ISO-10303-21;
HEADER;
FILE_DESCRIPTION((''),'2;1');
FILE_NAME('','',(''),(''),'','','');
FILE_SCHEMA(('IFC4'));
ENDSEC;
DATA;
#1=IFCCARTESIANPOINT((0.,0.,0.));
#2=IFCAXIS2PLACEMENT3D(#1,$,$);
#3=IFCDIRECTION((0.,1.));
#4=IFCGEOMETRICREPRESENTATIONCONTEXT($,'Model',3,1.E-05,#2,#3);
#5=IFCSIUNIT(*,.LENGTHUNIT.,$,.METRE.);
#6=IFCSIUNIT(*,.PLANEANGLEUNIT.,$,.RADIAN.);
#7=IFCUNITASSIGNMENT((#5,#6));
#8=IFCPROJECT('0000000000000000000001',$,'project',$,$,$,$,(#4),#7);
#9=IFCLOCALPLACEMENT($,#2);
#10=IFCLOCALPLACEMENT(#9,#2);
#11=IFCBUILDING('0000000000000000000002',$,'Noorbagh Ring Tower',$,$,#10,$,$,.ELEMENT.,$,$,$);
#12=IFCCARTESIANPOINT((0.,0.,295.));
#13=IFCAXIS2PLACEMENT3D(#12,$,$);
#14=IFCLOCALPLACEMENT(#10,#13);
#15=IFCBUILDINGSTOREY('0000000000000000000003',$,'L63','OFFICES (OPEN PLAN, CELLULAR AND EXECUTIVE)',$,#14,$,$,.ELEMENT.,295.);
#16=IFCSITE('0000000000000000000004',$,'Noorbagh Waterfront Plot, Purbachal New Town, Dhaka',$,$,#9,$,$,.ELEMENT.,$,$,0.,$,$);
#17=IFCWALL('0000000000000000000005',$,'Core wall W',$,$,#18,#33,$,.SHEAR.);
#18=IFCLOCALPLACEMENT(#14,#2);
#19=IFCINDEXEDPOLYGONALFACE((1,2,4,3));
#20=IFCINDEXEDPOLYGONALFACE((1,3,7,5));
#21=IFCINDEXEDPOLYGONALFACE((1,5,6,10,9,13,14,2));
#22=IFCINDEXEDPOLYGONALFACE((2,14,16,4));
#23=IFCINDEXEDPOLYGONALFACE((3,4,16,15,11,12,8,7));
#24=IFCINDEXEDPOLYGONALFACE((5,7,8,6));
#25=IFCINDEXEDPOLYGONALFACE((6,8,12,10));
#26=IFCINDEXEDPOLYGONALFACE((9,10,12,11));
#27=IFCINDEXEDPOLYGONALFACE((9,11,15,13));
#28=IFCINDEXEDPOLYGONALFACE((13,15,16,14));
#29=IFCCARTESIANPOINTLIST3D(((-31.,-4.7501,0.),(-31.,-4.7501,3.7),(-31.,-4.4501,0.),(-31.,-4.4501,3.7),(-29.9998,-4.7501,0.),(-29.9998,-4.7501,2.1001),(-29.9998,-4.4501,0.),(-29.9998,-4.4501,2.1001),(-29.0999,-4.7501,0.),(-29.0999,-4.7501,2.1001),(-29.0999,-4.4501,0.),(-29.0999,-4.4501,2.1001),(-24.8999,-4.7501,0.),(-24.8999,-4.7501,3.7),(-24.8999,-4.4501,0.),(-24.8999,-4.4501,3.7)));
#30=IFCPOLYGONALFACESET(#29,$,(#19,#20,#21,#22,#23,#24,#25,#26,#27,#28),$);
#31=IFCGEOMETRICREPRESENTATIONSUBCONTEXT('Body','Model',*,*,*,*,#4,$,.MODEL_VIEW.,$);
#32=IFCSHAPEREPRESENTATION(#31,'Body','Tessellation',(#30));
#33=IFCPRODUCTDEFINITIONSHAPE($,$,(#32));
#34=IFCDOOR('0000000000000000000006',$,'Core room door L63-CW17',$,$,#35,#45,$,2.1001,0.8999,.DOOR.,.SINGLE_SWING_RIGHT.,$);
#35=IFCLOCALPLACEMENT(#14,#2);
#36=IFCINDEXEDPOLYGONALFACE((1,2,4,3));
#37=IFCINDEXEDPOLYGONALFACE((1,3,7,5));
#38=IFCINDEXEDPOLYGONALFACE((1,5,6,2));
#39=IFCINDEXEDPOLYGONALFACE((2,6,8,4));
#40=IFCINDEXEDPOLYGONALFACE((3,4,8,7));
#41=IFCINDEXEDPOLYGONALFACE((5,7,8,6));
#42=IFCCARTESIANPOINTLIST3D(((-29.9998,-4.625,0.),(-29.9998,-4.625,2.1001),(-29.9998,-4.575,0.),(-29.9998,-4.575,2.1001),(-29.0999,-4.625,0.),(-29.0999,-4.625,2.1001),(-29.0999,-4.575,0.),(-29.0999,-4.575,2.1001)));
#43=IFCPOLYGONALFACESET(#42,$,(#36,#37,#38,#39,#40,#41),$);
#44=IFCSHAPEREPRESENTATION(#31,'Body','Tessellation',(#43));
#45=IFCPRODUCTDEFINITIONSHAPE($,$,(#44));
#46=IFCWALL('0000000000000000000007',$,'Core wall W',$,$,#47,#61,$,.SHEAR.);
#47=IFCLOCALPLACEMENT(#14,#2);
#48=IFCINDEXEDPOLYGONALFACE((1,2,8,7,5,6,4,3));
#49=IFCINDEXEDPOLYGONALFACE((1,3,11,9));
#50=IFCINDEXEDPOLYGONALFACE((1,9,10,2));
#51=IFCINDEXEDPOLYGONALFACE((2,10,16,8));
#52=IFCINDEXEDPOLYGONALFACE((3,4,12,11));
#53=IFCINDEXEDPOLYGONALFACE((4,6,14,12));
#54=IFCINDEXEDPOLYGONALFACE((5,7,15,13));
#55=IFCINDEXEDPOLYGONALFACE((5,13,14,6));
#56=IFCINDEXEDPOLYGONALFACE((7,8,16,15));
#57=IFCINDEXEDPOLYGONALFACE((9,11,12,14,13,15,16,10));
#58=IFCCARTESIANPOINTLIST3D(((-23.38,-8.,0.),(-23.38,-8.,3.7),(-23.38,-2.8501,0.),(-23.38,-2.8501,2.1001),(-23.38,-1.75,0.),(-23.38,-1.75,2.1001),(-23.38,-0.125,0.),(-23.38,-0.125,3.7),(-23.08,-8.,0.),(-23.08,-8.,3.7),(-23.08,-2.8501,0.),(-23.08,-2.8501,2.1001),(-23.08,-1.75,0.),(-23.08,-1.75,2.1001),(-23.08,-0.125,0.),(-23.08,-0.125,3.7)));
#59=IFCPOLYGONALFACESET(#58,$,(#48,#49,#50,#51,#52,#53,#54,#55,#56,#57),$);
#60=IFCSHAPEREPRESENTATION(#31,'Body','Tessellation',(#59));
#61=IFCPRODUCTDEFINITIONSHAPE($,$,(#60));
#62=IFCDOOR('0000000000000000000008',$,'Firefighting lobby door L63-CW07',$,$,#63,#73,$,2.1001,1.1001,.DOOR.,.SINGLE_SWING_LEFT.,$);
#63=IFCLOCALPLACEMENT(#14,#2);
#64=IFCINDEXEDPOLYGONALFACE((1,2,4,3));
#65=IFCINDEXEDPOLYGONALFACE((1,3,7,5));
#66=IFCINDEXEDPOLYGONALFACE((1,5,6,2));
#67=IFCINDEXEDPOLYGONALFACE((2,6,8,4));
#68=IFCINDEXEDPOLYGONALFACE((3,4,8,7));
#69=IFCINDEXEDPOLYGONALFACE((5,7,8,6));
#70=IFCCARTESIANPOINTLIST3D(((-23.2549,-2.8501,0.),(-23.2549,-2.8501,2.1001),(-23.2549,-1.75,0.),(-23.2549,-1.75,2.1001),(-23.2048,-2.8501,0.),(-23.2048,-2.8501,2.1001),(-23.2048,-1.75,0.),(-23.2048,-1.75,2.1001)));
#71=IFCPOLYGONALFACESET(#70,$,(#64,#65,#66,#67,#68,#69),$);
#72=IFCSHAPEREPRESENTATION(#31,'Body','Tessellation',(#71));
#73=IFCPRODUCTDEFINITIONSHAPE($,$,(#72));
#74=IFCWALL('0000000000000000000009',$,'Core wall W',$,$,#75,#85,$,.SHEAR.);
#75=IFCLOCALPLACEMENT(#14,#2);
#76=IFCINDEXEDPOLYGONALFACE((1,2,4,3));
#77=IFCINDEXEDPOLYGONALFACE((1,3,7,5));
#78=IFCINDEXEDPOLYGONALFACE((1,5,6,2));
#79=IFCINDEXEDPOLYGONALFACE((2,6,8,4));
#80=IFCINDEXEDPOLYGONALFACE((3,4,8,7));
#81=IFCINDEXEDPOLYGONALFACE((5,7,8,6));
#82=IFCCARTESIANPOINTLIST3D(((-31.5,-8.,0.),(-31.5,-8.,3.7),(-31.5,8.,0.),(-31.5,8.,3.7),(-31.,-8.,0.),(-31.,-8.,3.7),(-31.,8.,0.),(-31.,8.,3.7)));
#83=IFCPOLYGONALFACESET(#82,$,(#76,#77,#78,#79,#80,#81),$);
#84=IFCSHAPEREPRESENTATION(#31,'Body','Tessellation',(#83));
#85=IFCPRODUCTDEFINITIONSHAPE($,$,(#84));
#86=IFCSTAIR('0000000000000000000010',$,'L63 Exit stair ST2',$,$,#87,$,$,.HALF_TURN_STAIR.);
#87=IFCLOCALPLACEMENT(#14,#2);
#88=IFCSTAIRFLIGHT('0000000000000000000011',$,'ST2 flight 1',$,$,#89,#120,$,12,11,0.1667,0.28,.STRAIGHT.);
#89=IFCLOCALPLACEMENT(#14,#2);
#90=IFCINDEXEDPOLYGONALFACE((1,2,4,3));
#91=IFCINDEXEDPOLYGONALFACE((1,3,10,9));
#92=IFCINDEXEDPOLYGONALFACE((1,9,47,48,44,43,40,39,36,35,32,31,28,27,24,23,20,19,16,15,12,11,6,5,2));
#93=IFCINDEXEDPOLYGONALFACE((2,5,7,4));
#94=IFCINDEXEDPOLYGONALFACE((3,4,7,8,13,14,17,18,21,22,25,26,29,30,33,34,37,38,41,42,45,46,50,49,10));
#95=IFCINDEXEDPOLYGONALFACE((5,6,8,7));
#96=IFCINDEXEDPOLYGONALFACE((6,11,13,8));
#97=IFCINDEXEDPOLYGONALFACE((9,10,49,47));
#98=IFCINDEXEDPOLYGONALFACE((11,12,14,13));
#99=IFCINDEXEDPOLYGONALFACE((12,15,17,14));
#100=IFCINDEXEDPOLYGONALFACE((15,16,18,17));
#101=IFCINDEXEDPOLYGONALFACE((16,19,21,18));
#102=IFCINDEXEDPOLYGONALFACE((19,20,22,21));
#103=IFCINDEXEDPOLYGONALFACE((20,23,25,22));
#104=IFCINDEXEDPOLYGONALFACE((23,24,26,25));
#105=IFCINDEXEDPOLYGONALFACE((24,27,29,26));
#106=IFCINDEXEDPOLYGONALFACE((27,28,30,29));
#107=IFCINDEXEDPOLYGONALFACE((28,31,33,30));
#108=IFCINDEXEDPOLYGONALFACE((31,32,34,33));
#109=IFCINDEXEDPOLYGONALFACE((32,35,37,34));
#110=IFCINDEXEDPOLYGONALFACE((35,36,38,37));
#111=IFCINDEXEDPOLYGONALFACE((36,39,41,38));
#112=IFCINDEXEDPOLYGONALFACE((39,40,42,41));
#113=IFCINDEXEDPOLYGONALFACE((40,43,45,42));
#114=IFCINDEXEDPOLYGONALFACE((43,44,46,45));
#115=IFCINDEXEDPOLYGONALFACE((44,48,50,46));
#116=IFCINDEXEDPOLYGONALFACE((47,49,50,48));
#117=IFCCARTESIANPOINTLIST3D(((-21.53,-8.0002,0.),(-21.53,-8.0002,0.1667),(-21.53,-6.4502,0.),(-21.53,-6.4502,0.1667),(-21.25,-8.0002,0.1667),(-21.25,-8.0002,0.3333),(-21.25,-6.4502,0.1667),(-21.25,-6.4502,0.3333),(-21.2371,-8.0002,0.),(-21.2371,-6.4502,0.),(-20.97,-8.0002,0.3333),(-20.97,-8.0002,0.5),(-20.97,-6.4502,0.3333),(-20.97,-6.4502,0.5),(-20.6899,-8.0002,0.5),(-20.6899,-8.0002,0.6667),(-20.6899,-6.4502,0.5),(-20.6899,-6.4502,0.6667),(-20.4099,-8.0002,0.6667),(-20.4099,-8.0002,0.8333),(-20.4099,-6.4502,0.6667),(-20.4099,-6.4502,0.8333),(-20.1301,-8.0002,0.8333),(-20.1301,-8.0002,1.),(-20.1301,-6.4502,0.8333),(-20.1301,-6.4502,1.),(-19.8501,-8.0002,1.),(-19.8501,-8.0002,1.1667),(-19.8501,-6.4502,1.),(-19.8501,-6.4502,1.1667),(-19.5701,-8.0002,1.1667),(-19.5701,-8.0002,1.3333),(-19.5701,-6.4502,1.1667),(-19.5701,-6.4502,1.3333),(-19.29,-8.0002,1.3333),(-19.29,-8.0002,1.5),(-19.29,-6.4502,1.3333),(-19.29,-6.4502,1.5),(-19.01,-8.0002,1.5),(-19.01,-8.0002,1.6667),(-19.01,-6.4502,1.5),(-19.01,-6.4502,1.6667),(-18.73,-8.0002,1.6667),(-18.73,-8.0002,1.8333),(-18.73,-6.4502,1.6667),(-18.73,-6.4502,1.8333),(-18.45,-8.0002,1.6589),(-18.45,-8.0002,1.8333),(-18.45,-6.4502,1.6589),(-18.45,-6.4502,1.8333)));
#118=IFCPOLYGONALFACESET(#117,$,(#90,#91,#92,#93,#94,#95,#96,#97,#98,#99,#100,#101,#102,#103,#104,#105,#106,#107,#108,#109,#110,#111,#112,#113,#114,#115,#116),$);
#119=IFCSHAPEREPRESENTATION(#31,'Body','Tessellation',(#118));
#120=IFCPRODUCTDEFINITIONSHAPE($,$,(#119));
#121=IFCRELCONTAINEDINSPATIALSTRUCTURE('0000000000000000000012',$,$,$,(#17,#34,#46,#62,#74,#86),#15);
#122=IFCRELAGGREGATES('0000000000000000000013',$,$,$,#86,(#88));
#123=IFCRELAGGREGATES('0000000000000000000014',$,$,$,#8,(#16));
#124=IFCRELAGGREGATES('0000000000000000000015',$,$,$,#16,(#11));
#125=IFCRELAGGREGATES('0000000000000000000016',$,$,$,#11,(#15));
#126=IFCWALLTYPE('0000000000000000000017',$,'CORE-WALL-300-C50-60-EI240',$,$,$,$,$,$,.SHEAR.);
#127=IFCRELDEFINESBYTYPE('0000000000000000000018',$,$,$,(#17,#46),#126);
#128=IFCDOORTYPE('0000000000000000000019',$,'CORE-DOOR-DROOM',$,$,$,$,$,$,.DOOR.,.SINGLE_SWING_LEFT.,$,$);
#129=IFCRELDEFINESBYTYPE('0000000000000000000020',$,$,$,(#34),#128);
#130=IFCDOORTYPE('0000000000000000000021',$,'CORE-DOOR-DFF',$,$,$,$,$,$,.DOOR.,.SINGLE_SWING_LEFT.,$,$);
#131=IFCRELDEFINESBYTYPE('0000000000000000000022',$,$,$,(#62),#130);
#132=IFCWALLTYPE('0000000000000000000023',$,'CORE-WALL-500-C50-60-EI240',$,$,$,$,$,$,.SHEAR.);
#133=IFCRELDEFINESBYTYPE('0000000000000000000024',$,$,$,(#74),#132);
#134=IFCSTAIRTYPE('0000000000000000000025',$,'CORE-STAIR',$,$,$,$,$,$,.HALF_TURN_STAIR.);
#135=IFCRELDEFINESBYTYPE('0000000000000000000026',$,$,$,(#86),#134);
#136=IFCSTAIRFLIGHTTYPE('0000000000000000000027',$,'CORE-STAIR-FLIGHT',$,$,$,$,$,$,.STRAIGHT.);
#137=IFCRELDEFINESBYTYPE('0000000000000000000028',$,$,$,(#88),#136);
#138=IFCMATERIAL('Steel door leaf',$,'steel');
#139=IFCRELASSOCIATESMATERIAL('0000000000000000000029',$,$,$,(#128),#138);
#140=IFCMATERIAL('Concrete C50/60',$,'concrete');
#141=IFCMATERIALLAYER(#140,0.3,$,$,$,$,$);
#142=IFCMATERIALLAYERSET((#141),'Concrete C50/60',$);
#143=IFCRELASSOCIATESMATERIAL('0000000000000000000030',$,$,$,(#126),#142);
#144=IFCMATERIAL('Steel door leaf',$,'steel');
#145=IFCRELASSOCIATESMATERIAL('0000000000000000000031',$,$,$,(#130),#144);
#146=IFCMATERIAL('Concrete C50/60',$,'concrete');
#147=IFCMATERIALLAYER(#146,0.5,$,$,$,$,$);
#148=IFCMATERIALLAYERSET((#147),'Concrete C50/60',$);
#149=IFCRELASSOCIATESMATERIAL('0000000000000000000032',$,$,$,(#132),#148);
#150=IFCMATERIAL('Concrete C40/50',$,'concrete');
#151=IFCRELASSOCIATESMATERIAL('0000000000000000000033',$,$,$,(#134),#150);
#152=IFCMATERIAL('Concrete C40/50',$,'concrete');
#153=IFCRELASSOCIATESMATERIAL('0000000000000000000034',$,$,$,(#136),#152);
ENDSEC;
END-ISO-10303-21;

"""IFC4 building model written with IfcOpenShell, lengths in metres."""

from ifc_helpers import new_model, si_unit, direction, frame, frame_2d, origin, place, context, subcontext, project, spatial, polyline, rectangle, outline, extrude, material, layer, layer_set, type_object, element, fill, aggregate, save


model = new_model("IFC4")

# Units and contexts
model_context = context("Model", 3, precision=1e-05, world=origin(), true_north=direction((0.0, 1.0)))
body_context = subcontext(model_context, "Body", "Model", "MODEL_VIEW")
ifc_project = project(units=[si_unit("LENGTHUNIT", "METRE"), si_unit("PLANEANGLEUNIT", "RADIAN")], contexts=[model_context])

# Site, building, storey
site_placement = place(None, origin())
site = spatial("IfcSite", under=ifc_project, at=site_placement, Name="Noorbagh Waterfront Plot, Purbachal New Town, Dhaka", CompositionType="ELEMENT", RefElevation=0.0)
building_placement = place(site_placement, origin())
building = spatial("IfcBuilding", under=site, at=building_placement, Name="Noorbagh Ring Tower", CompositionType="ELEMENT")
storey_placement = place(building_placement, frame((0.0, 0.0, 295.0)))
storey = spatial("IfcBuildingStorey", under=building, at=storey_placement, Name="L63", Description="OFFICES (OPEN PLAN, CELLULAR AND EXECUTIVE)", CompositionType="ELEMENT", Elevation=295.0)

# Shared definitions
ifc_material_1 = material(Name="Steel door leaf", Category="steel")
door_type_1 = type_object("IfcDoorType", Name="CORE-DOOR-DROOM", OperationType="SINGLE_SWING_LEFT", PredefinedType="DOOR", material=ifc_material_1)

# Walls, openings, doors
ifc_material_2 = material(Name="Concrete C50/60", Category="concrete")
ifc_layer_1 = layer(ifc_material_2, 0.3)
ifc_layer_set_1 = layer_set([ifc_layer_1], Name="Concrete C50/60")
wall_type_1 = type_object("IfcWallType", Name="CORE-WALL-300-C50-60-EI240", PredefinedType="SHEAR", material=ifc_layer_set_1)
wall_1_placement = place(storey_placement, frame((-24.8999, -4.6001, 0.0), z_axis=(0.0, 0.0, 1.0), x_axis=(-1.0, 0.0, 0.0)))
wall_1 = element("IfcWall", 1, at=wall_1_placement, inside=storey, type_object=wall_type_1, Name="Core wall W", PredefinedType="SHEAR", context=body_context, shape_type="SweptSolid", body=[
    extrude(rectangle(XDim=6.1001, YDim=0.3, at=frame_2d((3.05, 0.0))), origin(), (0.0, 0.0, 1.0), 3.7),
])
opening_1_placement = place(wall_1_placement, frame((4.2, 0.0, 0.0)))
opening_1 = element("IfcOpeningElement", 2, at=opening_1_placement, cuts=wall_1, PredefinedType="OPENING", context=body_context, shape_type="SweptSolid", body=[
    extrude(rectangle(XDim=0.8999, YDim=2.1001, at=frame_2d((0.45, 1.05))), frame((0.0, 0.1602, 0.0), z_axis=(0.0, -1.0, 0.0), x_axis=(1.0, 0.0, 0.0)), (0.0, 0.0, 1.0), 0.3201),
])
door_1_placement = place(opening_1_placement, origin())
door_1 = element("IfcDoor", 3, at=door_1_placement, inside=storey, type_object=door_type_1, Name="Core room door L63-CW17", OperationType="SINGLE_SWING_RIGHT", OverallHeight=2.1001, OverallWidth=0.8999, PredefinedType="DOOR", context=body_context, shape_type="SweptSolid", body=[
    extrude(rectangle(XDim=0.8999, YDim=2.1001, at=frame_2d((0.45, 1.05))), frame((0.0, 0.0249, 0.0), z_axis=(0.0, -1.0, 0.0), x_axis=(1.0, 0.0, 0.0)), (0.0, 0.0, 1.0), 0.05),
])
fill(opening_1, door_1)
wall_2_placement = place(storey_placement, frame((-23.23, -8.0, 0.0), z_axis=(0.0, 0.0, 1.0), x_axis=(0.0, 1.0, 0.0)))
wall_2 = element("IfcWall", 4, at=wall_2_placement, inside=storey, type_object=wall_type_1, Name="Core wall W", PredefinedType="SHEAR", context=body_context, shape_type="SweptSolid", body=[
    extrude(rectangle(XDim=7.875, YDim=0.3, at=frame_2d((3.9375, 0.0))), origin(), (0.0, 0.0, 1.0), 3.7),
])
opening_2_placement = place(wall_2_placement, frame((5.1499, 0.0, 0.0)))
opening_2 = element("IfcOpeningElement", 5, at=opening_2_placement, cuts=wall_2, PredefinedType="OPENING", context=body_context, shape_type="SweptSolid", body=[
    extrude(rectangle(XDim=1.1001, YDim=2.1001, at=frame_2d((0.55, 1.05))), frame((0.0, 0.1602, 0.0), z_axis=(0.0, -1.0, 0.0), x_axis=(1.0, 0.0, 0.0)), (0.0, 0.0, 1.0), 0.3201),
])
ifc_material_3 = material(Name="Steel door leaf", Category="steel")
door_type_2 = type_object("IfcDoorType", Name="CORE-DOOR-DFF", OperationType="SINGLE_SWING_LEFT", PredefinedType="DOOR", material=ifc_material_3)
door_2_placement = place(opening_2_placement, origin())
door_2 = element("IfcDoor", 6, at=door_2_placement, inside=storey, type_object=door_type_2, Name="Firefighting lobby door L63-CW07", OperationType="SINGLE_SWING_LEFT", OverallHeight=2.1001, OverallWidth=1.1001, PredefinedType="DOOR", context=body_context, shape_type="SweptSolid", body=[
    extrude(rectangle(XDim=1.1001, YDim=2.1001, at=frame_2d((0.55, 1.05))), frame((0.0, 0.0249, 0.0), z_axis=(0.0, -1.0, 0.0), x_axis=(1.0, 0.0, 0.0)), (0.0, 0.0, 1.0), 0.05),
])
fill(opening_2, door_2)

# Wall
ifc_material_4 = material(Name="Concrete C50/60", Category="concrete")
ifc_layer_2 = layer(ifc_material_4, 0.5)
ifc_layer_set_2 = layer_set([ifc_layer_2], Name="Concrete C50/60")
wall_type_2 = type_object("IfcWallType", Name="CORE-WALL-500-C50-60-EI240", PredefinedType="SHEAR", material=ifc_layer_set_2)
wall_3_placement = place(storey_placement, frame((-31.25, -8.0, 0.0), z_axis=(0.0, 0.0, 1.0), x_axis=(0.0, 1.0, 0.0)))
element("IfcWall", 7, at=wall_3_placement, inside=storey, type_object=wall_type_2, Name="Core wall W", PredefinedType="SHEAR", context=body_context, shape_type="SweptSolid", body=[
    extrude(rectangle(XDim=16.0, YDim=0.5, at=frame_2d((8.0, 0.0))), origin(), (0.0, 0.0, 1.0), 3.7),
])

# Stair, stair flight
ifc_material_5 = material(Name="Concrete C40/50", Category="concrete")
stair_type = type_object("IfcStairType", Name="CORE-STAIR", PredefinedType="HALF_TURN_STAIR", material=ifc_material_5)
stair_placement = place(storey_placement, origin())
stair = element("IfcStair", 8, at=stair_placement, inside=storey, type_object=stair_type, Name="L63 Exit stair ST2", PredefinedType="HALF_TURN_STAIR")
ifc_material_6 = material(Name="Concrete C40/50", Category="concrete")
stair_flight_type = type_object("IfcStairFlightType", Name="CORE-STAIR-FLIGHT", PredefinedType="STRAIGHT", material=ifc_material_6)
stair_flight_placement = place(storey_placement, frame((-21.53, -7.2251, 0.0), z_axis=(0.0, 0.0, 1.0), x_axis=(1.0, 0.0, 0.0)))
stair_flight = element("IfcStairFlight", 9, at=stair_flight_placement, type_object=stair_flight_type, Name="ST2 flight 1", NumberOfRisers=12, NumberOfTreads=11, PredefinedType="STRAIGHT", RiserHeight=0.1667, TreadLength=0.28, context=body_context, shape_type="SweptSolid", body=[
    extrude(outline(polyline([(0.0, 0.0), (0.0, 0.1667), (0.28, 0.1667), (0.28, 0.3333), (0.5601, 0.3333), (0.5601, 0.5), (0.8401, 0.5), (0.8401, 0.6667), (1.1201, 0.6667), (1.1201, 0.8333), (1.3999, 0.8333), (1.3999, 1.0), (1.6799, 1.0), (1.6799, 1.1667), (1.96, 1.1667), (1.96, 1.3333), (2.24, 1.3333), (2.24, 1.5), (2.52, 1.5), (2.52, 1.6667), (2.8, 1.6667), (2.8, 1.8333), (3.0801, 1.8333), (3.0801, 2.0), (3.0801, 1.6589), (0.293, 0.0), (0.0, 0.0)])), frame((0.0, 0.7749, 0.0), z_axis=(0.0, -1.0, 0.0), x_axis=(1.0, 0.0, 0.0)), (0.0, 0.0, 1.0), 1.55),
])
aggregate(stair, [stair_flight])

save(model, "model.ifc")
